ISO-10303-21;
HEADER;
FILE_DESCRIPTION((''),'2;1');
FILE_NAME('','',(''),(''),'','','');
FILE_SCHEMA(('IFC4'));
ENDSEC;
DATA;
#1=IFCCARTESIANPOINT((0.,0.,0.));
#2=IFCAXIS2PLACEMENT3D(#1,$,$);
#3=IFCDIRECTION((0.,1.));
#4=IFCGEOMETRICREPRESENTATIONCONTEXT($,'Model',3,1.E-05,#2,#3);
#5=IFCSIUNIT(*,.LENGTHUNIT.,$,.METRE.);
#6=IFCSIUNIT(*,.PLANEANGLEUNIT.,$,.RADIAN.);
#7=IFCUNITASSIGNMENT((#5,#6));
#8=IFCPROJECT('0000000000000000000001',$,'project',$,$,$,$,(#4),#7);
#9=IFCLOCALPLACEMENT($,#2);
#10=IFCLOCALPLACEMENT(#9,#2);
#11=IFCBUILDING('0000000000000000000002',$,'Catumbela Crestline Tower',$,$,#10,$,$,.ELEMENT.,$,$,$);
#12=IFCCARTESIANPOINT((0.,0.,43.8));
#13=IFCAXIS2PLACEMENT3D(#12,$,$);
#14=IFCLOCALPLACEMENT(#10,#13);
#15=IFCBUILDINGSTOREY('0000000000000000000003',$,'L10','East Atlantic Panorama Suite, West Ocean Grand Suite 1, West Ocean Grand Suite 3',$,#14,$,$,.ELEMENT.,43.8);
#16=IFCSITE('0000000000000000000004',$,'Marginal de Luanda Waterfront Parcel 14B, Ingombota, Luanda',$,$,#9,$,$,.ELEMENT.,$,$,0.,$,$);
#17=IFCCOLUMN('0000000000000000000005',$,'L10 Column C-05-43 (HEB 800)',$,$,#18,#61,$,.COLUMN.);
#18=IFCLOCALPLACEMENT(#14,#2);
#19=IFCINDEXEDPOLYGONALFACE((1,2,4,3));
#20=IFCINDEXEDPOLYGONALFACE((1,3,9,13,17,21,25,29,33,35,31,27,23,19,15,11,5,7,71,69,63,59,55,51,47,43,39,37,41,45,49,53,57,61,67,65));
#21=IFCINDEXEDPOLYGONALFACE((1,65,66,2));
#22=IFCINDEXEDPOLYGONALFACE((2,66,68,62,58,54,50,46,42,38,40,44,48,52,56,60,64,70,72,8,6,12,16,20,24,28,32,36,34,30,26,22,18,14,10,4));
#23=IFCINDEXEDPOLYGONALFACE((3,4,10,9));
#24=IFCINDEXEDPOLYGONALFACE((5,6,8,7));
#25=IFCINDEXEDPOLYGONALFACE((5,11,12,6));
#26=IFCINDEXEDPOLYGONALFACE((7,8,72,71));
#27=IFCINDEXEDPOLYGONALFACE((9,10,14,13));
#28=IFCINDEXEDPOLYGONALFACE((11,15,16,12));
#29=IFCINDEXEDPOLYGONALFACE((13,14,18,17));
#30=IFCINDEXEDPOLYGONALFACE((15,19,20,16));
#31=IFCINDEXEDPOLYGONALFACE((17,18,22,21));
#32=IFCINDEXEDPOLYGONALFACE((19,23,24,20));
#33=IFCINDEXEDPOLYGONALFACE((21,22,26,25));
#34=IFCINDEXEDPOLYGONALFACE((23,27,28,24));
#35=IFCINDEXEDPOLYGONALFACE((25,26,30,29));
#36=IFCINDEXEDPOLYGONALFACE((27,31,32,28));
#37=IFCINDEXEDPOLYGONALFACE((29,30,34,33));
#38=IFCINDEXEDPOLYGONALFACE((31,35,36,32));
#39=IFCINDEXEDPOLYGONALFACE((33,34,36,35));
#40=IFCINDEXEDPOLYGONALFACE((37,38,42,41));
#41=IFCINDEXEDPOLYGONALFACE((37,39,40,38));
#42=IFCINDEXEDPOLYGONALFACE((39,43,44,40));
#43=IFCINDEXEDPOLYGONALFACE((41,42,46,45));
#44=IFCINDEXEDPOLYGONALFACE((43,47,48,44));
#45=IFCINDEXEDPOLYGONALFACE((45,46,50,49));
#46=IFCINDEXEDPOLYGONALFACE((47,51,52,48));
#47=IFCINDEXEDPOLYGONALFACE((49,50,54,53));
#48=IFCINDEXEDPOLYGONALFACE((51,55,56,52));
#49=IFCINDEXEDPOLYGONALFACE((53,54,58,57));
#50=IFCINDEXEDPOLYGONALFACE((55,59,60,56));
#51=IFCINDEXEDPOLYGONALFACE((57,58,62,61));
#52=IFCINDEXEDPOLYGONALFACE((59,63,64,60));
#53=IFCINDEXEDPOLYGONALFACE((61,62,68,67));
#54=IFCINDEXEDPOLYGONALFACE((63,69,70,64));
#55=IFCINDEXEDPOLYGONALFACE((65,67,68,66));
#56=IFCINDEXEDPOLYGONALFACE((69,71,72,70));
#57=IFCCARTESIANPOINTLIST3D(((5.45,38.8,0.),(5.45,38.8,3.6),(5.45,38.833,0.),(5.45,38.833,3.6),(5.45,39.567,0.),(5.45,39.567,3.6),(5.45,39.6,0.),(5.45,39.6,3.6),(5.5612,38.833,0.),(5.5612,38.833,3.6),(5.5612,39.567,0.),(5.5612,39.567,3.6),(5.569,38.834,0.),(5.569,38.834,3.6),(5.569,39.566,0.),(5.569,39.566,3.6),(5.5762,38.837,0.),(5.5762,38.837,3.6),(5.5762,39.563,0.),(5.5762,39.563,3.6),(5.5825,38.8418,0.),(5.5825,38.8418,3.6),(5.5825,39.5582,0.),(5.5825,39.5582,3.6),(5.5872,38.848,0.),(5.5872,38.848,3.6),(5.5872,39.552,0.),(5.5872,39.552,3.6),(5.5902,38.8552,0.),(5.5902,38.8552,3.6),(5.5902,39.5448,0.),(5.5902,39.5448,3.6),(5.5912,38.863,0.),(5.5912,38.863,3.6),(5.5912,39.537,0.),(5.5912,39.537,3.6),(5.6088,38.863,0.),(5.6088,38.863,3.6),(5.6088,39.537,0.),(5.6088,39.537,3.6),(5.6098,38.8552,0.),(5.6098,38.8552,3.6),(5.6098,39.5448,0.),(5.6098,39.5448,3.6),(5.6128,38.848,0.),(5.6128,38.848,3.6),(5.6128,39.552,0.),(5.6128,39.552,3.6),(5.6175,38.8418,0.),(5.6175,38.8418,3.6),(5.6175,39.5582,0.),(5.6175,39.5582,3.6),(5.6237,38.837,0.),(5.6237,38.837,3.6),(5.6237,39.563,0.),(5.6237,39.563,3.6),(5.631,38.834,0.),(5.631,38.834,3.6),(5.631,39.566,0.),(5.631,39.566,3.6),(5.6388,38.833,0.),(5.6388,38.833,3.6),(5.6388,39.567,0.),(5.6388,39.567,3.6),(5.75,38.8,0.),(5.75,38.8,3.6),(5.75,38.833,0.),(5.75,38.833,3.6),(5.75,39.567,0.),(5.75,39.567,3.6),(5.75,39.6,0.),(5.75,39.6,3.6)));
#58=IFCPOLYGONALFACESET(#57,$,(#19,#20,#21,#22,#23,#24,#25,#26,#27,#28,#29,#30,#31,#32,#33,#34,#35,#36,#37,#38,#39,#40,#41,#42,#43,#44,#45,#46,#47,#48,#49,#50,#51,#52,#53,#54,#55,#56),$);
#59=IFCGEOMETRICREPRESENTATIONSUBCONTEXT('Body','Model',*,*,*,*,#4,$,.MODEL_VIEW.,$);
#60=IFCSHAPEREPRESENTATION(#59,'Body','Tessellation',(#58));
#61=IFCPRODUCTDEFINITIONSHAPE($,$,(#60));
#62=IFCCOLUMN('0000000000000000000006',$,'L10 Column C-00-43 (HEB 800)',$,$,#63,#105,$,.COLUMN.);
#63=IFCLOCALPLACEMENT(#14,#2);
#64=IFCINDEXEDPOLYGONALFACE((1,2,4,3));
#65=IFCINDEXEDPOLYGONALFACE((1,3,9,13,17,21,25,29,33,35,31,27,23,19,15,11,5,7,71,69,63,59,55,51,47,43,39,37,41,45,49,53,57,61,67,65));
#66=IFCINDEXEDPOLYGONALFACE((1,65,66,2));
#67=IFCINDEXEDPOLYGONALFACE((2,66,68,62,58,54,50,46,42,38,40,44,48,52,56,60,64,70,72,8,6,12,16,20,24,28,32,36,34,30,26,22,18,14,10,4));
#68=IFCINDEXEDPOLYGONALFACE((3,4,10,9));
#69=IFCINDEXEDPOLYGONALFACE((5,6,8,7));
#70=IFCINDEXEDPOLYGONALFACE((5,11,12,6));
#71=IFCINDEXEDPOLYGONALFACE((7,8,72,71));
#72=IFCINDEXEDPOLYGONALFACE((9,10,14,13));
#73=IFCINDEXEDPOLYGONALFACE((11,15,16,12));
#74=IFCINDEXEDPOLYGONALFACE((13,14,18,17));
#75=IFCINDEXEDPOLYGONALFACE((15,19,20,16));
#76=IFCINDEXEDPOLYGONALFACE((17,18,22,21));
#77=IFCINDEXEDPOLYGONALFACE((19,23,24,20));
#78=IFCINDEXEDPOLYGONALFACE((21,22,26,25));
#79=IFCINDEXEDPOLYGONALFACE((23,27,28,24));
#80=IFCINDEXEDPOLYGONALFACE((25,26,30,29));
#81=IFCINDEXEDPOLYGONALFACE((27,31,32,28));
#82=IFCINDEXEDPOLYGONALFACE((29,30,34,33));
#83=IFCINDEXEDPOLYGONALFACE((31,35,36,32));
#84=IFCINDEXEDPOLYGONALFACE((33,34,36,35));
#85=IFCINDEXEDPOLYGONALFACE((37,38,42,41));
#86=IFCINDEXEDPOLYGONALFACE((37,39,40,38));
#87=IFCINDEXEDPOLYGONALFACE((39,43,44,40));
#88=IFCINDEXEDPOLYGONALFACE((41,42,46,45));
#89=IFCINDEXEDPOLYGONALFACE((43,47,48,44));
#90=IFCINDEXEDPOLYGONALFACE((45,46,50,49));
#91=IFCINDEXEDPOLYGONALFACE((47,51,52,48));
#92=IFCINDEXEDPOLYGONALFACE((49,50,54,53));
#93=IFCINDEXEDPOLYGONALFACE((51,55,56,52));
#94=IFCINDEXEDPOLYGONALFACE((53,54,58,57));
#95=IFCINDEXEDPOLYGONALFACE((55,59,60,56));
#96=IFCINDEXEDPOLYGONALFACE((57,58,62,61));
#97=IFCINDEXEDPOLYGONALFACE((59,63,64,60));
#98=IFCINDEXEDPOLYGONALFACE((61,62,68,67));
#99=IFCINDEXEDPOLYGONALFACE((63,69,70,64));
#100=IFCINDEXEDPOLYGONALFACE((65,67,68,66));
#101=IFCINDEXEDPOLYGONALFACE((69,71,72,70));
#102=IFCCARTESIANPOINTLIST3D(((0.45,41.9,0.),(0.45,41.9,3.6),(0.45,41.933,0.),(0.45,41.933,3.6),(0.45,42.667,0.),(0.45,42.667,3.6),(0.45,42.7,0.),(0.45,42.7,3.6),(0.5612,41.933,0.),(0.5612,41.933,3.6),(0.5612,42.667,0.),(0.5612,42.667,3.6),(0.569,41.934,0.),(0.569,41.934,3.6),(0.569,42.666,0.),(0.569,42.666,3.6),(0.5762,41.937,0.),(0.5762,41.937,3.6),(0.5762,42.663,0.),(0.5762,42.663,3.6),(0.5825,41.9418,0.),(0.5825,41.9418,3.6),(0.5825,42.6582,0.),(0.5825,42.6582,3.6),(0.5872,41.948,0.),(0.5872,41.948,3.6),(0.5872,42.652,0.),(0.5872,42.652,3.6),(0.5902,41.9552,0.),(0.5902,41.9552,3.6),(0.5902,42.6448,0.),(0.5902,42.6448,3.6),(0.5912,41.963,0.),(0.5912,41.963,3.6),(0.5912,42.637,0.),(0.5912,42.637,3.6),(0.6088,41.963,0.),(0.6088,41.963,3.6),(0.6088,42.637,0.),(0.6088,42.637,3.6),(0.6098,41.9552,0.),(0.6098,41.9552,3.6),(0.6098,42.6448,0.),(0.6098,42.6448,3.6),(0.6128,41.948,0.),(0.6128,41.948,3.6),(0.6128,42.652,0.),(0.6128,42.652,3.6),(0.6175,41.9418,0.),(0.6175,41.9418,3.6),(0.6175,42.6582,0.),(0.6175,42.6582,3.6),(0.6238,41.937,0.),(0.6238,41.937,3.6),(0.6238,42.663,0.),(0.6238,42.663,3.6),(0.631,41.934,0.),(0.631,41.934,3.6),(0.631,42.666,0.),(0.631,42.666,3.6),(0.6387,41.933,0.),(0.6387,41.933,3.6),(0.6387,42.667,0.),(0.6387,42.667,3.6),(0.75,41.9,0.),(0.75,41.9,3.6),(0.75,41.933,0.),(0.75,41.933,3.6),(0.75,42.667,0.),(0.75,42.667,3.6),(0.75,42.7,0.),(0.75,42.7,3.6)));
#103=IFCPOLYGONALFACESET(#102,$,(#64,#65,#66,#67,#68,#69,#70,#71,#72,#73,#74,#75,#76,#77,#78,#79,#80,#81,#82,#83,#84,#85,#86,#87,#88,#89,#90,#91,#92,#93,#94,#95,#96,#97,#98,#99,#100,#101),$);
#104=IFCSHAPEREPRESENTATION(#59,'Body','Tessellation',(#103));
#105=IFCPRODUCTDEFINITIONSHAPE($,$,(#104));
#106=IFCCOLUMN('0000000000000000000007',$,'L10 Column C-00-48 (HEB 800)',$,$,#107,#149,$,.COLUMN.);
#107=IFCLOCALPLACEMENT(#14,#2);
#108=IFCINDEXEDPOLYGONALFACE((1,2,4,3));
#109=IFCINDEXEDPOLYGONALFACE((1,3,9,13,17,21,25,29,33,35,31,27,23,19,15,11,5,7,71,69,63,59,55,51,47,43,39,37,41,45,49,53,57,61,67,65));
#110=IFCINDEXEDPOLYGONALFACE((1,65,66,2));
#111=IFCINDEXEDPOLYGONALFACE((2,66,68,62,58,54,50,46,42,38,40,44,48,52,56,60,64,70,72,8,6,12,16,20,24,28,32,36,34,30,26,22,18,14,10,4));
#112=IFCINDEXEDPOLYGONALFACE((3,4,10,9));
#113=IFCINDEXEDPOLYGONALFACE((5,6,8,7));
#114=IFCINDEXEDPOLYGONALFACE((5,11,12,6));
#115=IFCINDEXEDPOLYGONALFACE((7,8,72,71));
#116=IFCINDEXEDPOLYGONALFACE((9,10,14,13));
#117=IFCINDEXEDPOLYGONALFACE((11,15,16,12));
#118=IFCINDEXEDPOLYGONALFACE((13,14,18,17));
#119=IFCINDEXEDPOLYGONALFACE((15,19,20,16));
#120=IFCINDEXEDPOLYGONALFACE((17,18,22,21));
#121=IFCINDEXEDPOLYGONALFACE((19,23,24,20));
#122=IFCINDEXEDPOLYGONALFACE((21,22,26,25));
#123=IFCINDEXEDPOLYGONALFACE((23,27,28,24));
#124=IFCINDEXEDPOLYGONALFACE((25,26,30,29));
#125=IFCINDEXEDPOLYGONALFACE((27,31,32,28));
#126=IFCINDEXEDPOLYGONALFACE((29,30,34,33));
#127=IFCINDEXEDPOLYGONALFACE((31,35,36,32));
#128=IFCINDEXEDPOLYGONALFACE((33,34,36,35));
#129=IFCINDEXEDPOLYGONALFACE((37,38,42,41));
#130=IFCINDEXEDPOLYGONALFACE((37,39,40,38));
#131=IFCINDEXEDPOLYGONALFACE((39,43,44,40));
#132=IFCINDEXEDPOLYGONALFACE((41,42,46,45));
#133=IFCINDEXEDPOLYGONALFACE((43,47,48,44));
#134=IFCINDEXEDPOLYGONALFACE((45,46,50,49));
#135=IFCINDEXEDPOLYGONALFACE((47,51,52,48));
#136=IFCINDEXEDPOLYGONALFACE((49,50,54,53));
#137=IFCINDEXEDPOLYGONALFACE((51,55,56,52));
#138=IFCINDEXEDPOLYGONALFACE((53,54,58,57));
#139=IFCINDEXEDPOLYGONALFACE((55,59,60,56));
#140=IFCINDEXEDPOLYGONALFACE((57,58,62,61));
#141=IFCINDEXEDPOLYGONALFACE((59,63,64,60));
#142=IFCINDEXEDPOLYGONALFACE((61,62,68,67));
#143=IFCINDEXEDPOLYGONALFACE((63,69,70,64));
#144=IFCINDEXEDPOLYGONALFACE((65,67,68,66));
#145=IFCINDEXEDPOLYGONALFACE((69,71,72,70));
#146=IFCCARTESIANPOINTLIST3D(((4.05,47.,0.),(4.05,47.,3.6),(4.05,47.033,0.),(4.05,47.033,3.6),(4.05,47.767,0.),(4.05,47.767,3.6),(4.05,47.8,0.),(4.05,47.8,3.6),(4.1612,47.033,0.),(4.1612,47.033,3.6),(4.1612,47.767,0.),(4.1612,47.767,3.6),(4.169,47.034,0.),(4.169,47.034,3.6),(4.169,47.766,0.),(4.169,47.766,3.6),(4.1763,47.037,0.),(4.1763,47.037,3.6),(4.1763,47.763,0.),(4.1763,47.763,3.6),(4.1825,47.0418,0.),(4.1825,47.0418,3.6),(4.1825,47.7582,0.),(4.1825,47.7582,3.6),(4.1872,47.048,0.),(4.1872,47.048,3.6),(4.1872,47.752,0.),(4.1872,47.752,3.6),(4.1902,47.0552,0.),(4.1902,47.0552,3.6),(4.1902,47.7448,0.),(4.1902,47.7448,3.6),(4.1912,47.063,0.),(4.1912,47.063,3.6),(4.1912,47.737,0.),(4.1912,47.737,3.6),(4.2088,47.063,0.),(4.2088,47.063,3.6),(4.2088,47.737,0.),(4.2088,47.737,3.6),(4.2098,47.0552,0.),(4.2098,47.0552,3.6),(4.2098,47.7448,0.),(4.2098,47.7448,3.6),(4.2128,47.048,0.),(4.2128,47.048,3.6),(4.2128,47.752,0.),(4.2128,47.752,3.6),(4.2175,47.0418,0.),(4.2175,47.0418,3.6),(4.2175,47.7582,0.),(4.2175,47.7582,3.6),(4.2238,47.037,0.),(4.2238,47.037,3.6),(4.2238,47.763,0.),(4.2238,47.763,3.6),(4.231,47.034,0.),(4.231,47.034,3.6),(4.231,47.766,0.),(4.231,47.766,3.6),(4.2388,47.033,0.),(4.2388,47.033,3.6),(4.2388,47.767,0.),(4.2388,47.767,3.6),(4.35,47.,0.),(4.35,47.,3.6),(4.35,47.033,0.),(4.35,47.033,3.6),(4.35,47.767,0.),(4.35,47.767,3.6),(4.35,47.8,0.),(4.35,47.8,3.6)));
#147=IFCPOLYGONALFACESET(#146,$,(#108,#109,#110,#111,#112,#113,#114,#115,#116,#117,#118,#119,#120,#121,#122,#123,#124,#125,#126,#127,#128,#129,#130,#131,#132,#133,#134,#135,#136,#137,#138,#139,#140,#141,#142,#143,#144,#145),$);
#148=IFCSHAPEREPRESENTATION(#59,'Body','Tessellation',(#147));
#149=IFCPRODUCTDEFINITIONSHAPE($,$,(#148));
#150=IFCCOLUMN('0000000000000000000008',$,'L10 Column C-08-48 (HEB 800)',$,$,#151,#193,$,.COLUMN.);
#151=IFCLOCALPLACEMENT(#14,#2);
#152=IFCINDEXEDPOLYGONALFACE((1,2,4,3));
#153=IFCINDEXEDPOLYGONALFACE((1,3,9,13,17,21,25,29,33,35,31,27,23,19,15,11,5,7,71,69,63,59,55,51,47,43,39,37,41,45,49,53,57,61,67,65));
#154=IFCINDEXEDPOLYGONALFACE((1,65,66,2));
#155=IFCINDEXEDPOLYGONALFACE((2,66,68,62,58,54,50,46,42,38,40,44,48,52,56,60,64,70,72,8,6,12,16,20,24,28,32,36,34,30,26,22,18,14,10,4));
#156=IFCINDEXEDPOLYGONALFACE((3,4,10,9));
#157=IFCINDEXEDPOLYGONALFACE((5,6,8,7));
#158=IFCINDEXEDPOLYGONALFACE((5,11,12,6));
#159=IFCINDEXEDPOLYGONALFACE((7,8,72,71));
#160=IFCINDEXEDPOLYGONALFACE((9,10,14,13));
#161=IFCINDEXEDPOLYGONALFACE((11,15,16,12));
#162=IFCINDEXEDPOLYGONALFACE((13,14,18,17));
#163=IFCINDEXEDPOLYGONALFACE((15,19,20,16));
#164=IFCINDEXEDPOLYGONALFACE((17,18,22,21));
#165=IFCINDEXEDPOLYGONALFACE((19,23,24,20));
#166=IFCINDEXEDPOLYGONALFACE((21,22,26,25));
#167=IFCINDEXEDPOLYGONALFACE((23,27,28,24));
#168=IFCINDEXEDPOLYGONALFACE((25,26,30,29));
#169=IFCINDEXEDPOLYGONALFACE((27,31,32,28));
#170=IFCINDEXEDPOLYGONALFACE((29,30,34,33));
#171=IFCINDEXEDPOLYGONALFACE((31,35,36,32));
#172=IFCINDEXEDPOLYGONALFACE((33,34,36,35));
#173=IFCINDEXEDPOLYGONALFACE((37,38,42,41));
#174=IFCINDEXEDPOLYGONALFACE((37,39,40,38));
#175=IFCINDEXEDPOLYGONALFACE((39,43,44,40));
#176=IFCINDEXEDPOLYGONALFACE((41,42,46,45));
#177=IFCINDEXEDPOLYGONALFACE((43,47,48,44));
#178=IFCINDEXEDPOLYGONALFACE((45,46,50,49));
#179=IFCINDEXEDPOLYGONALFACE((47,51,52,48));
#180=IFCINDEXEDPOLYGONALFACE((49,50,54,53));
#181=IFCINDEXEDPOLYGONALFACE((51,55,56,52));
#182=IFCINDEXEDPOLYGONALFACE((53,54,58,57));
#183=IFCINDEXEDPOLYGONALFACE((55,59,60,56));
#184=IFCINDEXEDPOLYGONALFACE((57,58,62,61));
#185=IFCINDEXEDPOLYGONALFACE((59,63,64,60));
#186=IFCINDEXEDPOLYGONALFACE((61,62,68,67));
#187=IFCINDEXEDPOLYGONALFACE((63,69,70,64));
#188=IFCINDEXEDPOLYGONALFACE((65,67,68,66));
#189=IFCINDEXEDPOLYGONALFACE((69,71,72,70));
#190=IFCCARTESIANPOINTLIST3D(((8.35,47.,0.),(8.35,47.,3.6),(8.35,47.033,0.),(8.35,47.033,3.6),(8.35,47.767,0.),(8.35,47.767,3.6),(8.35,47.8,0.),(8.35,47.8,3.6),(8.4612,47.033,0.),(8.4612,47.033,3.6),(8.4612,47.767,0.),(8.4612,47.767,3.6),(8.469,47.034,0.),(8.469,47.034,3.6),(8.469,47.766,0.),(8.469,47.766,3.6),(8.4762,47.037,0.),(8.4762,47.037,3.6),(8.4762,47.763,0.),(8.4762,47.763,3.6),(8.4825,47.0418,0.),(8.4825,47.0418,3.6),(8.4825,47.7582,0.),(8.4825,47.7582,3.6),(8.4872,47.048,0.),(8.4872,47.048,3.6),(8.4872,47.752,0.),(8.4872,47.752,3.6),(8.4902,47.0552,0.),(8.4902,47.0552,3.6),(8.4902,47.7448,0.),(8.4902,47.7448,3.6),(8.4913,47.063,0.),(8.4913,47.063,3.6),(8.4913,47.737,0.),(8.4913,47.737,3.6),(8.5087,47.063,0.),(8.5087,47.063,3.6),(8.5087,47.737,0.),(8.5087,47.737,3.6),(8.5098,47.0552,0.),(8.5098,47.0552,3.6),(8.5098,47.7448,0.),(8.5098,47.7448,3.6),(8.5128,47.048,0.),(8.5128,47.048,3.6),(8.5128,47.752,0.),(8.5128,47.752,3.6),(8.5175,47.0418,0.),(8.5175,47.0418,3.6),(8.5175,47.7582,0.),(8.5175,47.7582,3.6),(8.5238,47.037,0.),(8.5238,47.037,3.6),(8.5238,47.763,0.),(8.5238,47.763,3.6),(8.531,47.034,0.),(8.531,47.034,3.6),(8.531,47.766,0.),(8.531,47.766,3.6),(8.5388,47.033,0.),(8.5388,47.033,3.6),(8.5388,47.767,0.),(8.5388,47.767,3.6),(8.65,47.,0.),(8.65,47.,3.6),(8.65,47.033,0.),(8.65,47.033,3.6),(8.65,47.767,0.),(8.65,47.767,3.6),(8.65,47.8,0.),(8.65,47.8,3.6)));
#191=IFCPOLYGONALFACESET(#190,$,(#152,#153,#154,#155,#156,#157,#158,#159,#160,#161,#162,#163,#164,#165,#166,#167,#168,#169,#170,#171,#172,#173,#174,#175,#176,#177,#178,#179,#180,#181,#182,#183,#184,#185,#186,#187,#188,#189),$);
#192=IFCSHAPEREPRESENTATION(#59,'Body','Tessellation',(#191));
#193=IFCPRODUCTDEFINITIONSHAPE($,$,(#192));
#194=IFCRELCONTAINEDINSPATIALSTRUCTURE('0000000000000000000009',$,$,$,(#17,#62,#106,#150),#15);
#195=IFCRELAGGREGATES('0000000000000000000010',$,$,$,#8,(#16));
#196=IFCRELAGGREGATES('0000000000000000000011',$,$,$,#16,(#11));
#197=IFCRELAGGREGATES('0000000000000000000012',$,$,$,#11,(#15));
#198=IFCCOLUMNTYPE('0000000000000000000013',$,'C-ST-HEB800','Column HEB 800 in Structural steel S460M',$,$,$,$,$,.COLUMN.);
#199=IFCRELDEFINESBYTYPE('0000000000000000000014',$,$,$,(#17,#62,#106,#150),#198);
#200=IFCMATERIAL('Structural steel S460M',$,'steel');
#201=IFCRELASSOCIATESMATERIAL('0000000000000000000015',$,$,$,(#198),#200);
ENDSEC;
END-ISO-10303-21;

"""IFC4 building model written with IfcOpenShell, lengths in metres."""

from ifc_helpers import new_model, si_unit, direction, frame, origin, origin_2d, place, context, subcontext, project, spatial, i_section, extrude, material, material_profile, profile_set, type_object, element, save


model = new_model("IFC4")

# Units and contexts
model_context = context("Model", 3, precision=1e-05, world=origin(), true_north=direction((0.0, 1.0)))
body_context = subcontext(model_context, "Body", "Model", "MODEL_VIEW")
ifc_project = project(units=[si_unit("LENGTHUNIT", "METRE"), si_unit("PLANEANGLEUNIT", "RADIAN")], contexts=[model_context])

# Site, building, storey
site_placement = place(None, origin())
site = spatial("IfcSite", under=ifc_project, at=site_placement, Name="Marginal de Luanda Waterfront Parcel 14B, Ingombota, Luanda", CompositionType="ELEMENT", RefElevation=0.0)
building_placement = place(site_placement, origin())
building = spatial("IfcBuilding", under=site, at=building_placement, Name="Catumbela Crestline Tower", CompositionType="ELEMENT")
storey_placement = place(building_placement, frame((0.0, 0.0, 43.8)))
storey = spatial("IfcBuildingStorey", under=building, at=storey_placement, Name="L10", Description="East Atlantic Panorama Suite, West Ocean Grand Suite 1, West Ocean Grand Suite 3", CompositionType="ELEMENT", Elevation=43.8)

# Columns
ifc_material_1 = material(Name="Structural steel S460M", Category="steel")
ifc_material_profile_1 = material_profile(ifc_material_1, i_section(OverallWidth=0.3, OverallDepth=0.8, WebThickness=0.0175, FlangeThickness=0.033, FilletRadius=0.03, at=origin_2d()), Name="HEB 800")
ifc_profile_set_1 = profile_set([ifc_material_profile_1], Name="Structural steel S460M")
column_type = type_object("IfcColumnType", Name="C-ST-HEB800", Description="Column HEB 800 in Structural steel S460M", PredefinedType="COLUMN", material=ifc_profile_set_1)
for number, where, z_axis, x_axis, name in (
    (1, (5.6, 39.2, 0.0), (0.0, 0.0, 1.0), (1.0, 0.0, 0.0), "L10 Column C-05-43 (HEB 800)"),
    (2, (0.6, 42.3, 0.0), (0.0, 0.0, 1.0), (1.0, 0.0, 0.0), "L10 Column C-00-43 (HEB 800)"),
    (3, (4.2, 47.4, 0.0), (0.0, 0.0, 1.0), (1.0, 0.0, 0.0), "L10 Column C-00-48 (HEB 800)"),
    (4, (8.5, 47.4, 0.0), (0.0, 0.0, 1.0), (1.0, 0.0, 0.0), "L10 Column C-08-48 (HEB 800)"),
):
    element("IfcColumn", number, at=place(storey_placement, frame(where, z_axis=z_axis, x_axis=x_axis)), inside=storey, type_object=column_type, Name=name, PredefinedType="COLUMN", context=body_context, shape_type="SweptSolid", body=[
        extrude(i_section(OverallWidth=0.3, OverallDepth=0.8, WebThickness=0.0175, FlangeThickness=0.033, FilletRadius=0.03, at=origin_2d()), origin(), (0.0, 0.0, 1.0), 3.6),
    ])

save(model, "model.ifc")
